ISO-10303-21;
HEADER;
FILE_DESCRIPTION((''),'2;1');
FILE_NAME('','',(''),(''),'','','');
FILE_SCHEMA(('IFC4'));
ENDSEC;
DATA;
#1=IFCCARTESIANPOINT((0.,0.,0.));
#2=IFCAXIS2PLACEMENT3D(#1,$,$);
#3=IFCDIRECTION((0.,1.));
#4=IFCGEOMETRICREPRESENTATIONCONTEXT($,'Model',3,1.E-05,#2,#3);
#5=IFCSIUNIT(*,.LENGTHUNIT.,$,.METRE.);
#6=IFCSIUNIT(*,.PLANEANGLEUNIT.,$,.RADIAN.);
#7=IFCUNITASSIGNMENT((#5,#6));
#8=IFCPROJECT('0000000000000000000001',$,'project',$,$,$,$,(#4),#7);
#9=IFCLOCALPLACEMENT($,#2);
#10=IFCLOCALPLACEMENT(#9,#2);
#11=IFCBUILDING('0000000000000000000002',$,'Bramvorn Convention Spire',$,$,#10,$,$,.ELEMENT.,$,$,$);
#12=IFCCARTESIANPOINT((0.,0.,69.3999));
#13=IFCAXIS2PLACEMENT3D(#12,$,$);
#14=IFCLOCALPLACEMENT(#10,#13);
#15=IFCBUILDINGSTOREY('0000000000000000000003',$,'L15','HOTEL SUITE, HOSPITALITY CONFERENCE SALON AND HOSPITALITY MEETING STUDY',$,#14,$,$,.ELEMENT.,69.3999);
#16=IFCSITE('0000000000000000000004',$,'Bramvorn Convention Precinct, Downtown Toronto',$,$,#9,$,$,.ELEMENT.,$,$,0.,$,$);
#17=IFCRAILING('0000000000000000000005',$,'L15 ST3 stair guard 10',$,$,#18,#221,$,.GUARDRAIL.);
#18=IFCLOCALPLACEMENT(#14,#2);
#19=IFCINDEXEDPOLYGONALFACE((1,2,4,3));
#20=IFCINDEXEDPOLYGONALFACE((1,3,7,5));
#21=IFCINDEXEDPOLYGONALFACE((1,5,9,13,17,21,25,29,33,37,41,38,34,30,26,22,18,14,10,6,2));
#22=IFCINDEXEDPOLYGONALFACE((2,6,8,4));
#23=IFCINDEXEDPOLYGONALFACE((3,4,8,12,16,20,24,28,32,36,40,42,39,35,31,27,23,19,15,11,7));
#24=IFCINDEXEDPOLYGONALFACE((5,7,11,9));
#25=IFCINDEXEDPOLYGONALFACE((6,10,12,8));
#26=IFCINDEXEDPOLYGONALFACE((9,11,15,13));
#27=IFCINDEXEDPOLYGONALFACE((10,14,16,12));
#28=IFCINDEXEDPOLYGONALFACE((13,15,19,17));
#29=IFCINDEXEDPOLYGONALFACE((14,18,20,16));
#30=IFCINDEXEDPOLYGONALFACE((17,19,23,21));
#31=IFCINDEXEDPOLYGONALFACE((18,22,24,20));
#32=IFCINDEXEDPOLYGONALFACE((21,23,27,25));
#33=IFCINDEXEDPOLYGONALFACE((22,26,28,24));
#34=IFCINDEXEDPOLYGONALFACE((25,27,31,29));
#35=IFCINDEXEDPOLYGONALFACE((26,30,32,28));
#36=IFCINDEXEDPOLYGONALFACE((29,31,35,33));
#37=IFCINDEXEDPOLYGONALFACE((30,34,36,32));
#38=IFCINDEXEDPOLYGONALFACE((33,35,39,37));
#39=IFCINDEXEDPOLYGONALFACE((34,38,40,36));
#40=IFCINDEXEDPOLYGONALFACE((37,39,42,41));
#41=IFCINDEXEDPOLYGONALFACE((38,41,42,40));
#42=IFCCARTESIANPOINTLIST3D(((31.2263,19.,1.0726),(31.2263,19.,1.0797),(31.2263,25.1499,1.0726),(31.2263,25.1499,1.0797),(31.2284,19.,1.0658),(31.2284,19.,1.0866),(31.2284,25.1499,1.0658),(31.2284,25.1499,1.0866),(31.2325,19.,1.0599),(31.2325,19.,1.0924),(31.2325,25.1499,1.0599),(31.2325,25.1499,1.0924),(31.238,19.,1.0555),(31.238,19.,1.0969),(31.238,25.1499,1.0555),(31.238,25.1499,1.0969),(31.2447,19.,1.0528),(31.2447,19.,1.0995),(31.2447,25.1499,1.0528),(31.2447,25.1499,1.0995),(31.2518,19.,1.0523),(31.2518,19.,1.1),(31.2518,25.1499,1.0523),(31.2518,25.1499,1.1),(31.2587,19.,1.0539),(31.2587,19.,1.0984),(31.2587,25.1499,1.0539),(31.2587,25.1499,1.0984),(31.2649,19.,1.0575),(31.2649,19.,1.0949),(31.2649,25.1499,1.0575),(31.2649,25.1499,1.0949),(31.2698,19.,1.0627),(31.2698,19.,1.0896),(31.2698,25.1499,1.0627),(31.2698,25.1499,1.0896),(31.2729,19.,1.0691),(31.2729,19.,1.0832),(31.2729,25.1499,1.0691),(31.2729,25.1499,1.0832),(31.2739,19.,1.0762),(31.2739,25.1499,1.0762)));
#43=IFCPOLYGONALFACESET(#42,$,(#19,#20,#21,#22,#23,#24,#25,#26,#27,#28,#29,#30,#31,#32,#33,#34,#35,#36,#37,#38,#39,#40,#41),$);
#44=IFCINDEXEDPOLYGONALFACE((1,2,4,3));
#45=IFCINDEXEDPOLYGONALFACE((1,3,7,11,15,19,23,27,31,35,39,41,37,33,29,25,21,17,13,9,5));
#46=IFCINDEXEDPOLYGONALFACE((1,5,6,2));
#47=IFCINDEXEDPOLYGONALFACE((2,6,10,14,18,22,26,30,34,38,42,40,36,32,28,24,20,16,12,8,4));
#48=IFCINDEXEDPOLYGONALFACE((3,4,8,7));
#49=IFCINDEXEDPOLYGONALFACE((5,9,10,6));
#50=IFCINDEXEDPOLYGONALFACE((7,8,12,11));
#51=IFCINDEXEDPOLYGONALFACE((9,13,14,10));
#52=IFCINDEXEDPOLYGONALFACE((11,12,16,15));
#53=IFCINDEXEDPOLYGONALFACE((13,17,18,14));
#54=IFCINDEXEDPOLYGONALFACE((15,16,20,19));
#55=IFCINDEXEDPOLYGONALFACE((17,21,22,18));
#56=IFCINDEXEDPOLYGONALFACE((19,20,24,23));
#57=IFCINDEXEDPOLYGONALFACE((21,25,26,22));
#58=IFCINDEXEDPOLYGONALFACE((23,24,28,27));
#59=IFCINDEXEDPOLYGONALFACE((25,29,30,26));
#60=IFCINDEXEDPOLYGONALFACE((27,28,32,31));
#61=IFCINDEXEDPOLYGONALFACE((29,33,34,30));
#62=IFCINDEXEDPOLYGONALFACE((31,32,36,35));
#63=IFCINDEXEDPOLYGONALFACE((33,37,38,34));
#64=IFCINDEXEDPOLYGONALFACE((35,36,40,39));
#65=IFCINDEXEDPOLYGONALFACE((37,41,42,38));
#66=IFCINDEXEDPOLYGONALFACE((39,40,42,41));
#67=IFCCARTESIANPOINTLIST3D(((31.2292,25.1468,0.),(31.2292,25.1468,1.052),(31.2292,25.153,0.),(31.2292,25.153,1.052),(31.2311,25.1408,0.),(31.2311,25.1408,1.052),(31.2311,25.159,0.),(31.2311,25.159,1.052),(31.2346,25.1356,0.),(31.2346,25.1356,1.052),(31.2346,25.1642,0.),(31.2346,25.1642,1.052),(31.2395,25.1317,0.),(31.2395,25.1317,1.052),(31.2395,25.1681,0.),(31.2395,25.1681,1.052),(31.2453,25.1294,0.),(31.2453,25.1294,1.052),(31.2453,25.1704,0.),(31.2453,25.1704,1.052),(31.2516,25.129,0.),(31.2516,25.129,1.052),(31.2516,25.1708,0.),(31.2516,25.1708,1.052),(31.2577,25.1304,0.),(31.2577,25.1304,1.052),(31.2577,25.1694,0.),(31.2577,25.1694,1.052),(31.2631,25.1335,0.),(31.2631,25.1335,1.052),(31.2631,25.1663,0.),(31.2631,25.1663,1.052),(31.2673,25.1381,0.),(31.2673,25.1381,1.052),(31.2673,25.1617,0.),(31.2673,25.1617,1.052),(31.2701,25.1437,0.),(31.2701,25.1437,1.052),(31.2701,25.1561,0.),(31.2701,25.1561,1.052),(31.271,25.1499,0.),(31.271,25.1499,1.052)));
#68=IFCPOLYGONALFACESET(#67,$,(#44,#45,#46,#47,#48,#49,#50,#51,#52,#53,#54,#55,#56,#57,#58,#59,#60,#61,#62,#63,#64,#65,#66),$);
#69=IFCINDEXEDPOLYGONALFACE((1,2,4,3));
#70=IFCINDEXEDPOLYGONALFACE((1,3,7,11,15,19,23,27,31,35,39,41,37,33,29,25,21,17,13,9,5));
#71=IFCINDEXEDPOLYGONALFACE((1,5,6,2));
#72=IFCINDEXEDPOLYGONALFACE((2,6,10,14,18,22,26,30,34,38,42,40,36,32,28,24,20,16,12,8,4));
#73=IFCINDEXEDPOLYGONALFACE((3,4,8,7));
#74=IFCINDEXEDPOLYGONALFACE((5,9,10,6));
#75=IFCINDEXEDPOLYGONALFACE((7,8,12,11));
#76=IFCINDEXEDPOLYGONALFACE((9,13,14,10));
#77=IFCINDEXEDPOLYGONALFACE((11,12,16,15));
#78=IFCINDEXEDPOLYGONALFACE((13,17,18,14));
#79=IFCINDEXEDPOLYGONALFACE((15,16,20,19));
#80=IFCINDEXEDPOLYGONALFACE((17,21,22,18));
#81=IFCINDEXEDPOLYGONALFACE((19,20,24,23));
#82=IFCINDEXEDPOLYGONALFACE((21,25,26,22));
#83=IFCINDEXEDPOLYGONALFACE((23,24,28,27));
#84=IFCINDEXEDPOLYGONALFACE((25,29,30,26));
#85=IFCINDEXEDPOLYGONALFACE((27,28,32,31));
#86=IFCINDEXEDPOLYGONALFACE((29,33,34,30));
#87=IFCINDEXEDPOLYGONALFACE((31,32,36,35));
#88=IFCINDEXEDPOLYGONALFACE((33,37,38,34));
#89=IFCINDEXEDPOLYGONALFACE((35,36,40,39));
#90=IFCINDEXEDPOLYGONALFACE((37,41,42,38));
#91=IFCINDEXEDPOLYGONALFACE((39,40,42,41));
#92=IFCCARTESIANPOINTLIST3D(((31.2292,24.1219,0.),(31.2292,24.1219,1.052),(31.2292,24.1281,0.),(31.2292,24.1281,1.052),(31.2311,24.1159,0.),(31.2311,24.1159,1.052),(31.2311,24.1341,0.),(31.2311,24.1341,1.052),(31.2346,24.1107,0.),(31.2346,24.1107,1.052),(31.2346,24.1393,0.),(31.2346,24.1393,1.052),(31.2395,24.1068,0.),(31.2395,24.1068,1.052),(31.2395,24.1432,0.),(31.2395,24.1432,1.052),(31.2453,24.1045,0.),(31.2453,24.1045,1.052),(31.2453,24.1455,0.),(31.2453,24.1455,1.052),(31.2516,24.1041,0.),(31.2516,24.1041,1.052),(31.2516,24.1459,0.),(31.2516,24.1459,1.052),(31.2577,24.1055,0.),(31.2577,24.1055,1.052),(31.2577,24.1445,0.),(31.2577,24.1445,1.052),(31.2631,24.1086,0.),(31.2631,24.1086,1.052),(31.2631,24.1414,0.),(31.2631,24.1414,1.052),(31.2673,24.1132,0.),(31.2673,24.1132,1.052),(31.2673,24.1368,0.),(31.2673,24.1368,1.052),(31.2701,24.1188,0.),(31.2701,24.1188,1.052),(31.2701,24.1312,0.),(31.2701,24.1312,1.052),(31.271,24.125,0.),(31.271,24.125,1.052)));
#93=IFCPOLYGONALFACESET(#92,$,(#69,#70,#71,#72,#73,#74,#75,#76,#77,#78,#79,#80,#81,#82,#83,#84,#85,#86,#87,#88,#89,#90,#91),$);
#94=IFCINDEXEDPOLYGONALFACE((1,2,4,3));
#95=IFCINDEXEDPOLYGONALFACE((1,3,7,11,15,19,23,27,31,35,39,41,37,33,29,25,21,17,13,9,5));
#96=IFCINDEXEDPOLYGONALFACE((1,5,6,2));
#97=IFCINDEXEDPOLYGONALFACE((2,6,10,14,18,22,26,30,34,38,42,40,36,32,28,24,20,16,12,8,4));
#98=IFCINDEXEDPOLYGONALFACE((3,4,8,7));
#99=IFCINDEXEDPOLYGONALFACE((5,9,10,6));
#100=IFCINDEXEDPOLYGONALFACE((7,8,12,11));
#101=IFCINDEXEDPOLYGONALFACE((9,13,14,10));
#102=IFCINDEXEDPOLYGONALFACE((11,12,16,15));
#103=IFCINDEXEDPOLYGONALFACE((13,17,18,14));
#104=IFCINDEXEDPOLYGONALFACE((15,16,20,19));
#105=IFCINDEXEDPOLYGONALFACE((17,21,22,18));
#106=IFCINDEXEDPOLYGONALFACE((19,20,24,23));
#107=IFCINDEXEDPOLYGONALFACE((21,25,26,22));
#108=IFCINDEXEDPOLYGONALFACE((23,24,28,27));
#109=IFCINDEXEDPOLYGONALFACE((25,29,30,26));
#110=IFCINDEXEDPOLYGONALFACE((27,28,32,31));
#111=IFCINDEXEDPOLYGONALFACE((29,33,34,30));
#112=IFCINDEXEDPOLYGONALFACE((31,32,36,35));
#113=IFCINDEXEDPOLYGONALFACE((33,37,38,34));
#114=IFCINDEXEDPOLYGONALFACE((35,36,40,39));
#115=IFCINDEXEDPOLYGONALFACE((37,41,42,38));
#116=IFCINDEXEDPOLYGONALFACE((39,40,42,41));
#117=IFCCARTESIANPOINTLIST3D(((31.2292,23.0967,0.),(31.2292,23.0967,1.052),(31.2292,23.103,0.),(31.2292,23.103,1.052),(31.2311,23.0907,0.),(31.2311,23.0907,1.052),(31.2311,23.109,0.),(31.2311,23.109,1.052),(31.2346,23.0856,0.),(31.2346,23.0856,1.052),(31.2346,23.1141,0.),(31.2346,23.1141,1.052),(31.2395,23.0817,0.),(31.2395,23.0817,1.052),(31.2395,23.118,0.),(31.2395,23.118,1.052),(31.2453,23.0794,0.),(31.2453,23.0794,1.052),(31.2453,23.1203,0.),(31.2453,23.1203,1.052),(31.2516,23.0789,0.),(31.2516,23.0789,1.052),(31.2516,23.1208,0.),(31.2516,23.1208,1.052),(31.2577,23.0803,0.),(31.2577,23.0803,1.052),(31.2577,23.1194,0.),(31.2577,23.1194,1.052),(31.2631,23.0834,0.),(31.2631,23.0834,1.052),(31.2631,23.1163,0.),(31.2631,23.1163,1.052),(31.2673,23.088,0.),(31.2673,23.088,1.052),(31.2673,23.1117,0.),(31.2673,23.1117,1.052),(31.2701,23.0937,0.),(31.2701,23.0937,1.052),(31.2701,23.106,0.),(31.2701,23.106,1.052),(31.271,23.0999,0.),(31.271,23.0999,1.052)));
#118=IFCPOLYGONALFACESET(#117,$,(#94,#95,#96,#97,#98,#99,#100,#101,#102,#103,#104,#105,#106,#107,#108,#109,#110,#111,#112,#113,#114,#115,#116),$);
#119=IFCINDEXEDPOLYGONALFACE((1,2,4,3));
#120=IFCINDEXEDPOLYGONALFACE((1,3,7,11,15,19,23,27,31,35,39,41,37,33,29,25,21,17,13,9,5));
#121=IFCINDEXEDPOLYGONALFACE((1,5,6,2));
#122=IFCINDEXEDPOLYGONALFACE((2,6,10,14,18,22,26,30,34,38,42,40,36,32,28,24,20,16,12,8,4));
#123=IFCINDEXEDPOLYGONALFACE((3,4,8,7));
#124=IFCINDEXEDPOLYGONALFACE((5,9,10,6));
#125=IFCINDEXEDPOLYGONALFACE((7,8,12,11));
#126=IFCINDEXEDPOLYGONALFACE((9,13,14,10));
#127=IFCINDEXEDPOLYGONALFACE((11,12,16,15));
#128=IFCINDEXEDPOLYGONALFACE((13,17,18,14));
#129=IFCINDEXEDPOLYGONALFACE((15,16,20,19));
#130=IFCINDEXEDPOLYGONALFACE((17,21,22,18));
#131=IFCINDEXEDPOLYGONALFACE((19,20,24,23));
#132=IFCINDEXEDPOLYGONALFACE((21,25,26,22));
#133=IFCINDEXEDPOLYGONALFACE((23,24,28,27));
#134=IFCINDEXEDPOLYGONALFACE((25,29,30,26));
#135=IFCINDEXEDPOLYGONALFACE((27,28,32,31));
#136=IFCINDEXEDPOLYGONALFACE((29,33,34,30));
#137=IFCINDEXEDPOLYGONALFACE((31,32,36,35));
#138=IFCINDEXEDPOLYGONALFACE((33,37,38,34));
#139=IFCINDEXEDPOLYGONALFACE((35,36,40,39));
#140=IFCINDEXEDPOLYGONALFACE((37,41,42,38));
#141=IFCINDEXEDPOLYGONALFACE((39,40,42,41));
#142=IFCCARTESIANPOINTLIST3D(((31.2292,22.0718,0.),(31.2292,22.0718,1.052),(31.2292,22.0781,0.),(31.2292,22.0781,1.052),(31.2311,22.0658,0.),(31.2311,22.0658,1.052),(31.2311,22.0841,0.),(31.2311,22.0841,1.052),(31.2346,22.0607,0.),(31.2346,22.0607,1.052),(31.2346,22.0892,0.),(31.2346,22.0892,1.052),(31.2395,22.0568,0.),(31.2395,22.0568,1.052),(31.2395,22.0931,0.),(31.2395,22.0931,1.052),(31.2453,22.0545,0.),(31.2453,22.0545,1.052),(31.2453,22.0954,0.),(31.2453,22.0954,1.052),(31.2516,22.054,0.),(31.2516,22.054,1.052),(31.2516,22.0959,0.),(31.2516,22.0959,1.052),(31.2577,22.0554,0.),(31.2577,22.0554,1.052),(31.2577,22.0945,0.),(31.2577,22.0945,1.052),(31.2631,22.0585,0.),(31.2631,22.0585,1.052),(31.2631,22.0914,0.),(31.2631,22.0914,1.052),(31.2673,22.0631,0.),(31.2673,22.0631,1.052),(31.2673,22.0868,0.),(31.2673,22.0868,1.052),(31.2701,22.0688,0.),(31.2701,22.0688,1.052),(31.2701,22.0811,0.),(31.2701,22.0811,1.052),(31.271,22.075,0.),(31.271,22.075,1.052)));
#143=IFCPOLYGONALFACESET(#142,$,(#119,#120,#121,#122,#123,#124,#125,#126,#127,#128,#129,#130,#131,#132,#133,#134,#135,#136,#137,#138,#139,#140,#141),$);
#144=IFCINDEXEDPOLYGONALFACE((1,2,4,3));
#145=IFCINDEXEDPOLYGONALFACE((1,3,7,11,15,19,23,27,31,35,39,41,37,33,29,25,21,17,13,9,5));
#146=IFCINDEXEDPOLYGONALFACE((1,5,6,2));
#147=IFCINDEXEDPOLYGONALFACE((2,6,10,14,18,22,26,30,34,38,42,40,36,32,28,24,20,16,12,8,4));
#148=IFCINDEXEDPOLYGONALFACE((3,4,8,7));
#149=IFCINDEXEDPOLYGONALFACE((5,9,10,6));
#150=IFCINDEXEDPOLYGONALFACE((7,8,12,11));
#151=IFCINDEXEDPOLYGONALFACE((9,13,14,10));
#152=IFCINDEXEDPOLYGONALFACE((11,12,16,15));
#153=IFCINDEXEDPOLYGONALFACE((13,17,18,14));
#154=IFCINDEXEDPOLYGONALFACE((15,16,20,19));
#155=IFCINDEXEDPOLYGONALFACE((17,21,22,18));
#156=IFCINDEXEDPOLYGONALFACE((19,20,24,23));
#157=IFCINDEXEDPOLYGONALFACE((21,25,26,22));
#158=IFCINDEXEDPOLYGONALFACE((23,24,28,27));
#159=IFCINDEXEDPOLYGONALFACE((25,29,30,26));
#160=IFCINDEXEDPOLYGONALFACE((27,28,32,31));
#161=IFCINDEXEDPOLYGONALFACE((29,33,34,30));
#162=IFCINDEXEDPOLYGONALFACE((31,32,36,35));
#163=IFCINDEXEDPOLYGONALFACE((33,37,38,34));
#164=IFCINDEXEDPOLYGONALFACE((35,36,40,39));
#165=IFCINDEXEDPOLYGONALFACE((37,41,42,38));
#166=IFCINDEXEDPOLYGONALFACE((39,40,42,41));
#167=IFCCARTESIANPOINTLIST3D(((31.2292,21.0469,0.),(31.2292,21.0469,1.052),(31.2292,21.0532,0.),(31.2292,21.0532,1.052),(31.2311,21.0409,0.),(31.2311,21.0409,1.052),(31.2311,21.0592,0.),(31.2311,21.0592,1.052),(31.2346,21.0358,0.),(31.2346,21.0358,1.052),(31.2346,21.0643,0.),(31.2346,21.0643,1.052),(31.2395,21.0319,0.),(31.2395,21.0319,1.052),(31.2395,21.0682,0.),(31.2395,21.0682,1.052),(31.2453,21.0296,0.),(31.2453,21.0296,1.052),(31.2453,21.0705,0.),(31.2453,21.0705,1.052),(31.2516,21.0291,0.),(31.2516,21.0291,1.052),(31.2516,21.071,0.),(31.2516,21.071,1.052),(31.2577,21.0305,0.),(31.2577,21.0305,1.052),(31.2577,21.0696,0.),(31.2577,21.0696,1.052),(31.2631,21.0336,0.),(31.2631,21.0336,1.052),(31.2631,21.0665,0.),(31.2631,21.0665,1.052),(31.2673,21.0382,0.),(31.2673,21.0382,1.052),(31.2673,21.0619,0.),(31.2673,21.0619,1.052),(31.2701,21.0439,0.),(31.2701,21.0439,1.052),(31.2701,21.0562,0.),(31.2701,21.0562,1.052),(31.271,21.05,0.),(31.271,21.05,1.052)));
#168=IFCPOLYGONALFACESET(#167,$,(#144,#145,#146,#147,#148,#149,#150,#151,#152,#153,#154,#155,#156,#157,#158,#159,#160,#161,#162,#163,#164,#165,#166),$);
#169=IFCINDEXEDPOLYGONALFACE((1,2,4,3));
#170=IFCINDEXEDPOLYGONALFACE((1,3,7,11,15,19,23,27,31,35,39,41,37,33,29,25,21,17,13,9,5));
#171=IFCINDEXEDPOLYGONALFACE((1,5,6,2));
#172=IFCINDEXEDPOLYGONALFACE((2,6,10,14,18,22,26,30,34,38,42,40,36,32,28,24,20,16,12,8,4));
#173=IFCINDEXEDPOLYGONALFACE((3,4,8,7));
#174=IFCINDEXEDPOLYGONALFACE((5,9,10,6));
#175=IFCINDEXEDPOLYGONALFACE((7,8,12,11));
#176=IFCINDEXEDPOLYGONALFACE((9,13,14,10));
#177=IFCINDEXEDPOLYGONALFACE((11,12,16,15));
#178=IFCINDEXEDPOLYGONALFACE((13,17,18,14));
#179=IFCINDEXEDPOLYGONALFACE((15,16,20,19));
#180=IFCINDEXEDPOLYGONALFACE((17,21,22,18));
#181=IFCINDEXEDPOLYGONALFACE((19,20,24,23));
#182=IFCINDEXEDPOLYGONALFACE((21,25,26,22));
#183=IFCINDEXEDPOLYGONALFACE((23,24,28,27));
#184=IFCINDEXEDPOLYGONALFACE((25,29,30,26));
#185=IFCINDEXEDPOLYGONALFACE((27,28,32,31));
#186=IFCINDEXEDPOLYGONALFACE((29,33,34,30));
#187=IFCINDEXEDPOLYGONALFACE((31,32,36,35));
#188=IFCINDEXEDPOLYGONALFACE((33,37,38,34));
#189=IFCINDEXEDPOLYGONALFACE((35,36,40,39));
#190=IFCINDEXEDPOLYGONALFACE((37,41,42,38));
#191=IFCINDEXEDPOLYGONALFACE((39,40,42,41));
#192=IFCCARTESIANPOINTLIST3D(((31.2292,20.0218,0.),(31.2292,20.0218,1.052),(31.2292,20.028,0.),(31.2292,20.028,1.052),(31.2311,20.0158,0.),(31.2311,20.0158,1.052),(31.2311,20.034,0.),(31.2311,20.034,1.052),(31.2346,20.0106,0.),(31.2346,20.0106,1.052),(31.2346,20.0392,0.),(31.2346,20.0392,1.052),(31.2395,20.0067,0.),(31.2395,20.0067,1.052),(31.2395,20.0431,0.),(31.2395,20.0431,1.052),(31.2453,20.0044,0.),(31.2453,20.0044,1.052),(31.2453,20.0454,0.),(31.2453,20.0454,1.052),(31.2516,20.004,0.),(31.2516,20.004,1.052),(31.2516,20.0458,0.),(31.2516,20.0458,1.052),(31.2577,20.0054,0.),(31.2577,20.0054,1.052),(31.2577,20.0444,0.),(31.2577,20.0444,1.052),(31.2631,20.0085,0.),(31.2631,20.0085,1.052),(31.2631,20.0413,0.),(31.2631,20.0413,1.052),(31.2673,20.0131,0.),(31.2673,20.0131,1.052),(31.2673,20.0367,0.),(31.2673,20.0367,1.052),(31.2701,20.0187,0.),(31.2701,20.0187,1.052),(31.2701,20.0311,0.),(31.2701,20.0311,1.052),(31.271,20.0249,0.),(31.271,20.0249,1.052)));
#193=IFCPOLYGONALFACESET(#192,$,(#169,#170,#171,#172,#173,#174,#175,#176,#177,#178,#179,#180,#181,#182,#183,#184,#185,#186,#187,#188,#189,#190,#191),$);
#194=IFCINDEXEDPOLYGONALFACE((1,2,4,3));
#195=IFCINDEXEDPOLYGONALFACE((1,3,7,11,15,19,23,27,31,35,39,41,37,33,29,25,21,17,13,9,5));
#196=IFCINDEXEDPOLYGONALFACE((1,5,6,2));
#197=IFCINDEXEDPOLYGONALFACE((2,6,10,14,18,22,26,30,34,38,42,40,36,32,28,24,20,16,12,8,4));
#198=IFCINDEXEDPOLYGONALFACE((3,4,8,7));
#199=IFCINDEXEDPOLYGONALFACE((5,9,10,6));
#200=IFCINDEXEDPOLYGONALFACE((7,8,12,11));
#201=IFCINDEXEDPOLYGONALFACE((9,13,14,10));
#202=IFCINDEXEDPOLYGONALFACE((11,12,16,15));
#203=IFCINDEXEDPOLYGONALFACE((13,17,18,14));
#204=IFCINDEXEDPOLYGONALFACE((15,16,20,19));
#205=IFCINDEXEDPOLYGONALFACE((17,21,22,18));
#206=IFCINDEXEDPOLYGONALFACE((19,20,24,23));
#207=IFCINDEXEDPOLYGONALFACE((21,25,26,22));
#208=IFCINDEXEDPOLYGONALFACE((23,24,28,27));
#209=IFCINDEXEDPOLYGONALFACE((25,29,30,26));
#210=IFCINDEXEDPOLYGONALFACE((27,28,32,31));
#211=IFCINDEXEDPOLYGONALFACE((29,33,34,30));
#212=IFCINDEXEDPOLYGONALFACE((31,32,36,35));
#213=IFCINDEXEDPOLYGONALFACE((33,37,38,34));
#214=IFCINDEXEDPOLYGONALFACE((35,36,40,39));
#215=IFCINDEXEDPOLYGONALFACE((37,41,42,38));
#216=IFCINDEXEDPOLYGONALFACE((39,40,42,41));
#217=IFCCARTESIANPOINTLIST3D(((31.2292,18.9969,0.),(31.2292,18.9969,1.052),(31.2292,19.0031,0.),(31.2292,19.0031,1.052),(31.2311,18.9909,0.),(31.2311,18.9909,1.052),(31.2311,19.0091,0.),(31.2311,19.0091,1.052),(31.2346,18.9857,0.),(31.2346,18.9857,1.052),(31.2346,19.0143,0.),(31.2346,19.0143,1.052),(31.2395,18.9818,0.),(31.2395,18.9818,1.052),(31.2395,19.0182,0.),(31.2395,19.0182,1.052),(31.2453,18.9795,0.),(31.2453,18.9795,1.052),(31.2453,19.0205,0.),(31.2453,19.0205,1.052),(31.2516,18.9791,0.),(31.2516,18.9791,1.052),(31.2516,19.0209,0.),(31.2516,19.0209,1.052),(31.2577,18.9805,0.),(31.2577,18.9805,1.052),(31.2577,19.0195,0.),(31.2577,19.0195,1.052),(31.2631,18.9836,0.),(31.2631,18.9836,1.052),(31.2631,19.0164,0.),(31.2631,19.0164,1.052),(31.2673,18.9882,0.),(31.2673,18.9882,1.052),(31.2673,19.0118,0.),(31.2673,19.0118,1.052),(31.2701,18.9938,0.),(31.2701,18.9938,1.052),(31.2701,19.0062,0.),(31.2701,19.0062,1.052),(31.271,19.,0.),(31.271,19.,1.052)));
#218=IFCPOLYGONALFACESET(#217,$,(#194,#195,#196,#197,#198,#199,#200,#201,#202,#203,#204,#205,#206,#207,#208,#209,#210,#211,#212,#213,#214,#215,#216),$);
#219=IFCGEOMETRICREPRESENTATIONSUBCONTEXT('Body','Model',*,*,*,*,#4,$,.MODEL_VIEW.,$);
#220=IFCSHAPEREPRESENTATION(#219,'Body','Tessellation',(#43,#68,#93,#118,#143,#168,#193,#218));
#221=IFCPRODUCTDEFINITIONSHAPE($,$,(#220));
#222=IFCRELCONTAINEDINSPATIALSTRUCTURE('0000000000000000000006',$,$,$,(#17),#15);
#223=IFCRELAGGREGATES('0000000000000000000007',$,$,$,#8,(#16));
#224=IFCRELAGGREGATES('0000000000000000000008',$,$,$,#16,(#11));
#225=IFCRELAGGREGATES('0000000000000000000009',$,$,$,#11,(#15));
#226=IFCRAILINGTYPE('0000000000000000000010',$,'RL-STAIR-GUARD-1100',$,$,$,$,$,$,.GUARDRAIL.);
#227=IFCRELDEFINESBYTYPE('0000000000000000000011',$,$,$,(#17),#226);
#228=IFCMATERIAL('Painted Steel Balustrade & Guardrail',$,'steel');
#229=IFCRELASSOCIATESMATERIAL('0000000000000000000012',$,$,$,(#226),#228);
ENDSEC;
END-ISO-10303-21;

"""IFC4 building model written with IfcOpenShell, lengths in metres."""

from ifc_helpers import new_model, si_unit, direction, frame, origin, origin_2d, place, context, subcontext, project, spatial, circle, extrude, material, type_object, element, save


model = new_model("IFC4")

# Units and contexts
model_context = context("Model", 3, precision=1e-05, world=origin(), true_north=direction((0.0, 1.0)))
body_context = subcontext(model_context, "Body", "Model", "MODEL_VIEW")
ifc_project = project(units=[si_unit("LENGTHUNIT", "METRE"), si_unit("PLANEANGLEUNIT", "RADIAN")], contexts=[model_context])

# Site, building, storey
site_placement = place(None, origin())
site = spatial("IfcSite", under=ifc_project, at=site_placement, Name="Bramvorn Convention Precinct, Downtown Toronto", CompositionType="ELEMENT", RefElevation=0.0)
building_placement = place(site_placement, origin())
building = spatial("IfcBuilding", under=site, at=building_placement, Name="Bramvorn Convention Spire", CompositionType="ELEMENT")
storey_placement = place(building_placement, frame((0.0, 0.0, 69.3999)))
storey = spatial("IfcBuildingStorey", under=building, at=storey_placement, Name="L15", Description="HOTEL SUITE, HOSPITALITY CONFERENCE SALON AND HOSPITALITY MEETING STUDY", CompositionType="ELEMENT", Elevation=69.3999)

# Railing
ifc_material_1 = material(Name="Painted Steel Balustrade & Guardrail", Category="steel")
railing_type_1 = type_object("IfcRailingType", Name="RL-STAIR-GUARD-1100", PredefinedType="GUARDRAIL", material=ifc_material_1)
railing_1_placement = place(storey_placement, frame((31.25, 25.1499, 0.0)))
element("IfcRailing", 1, at=railing_1_placement, inside=storey, type_object=railing_type_1, Name="L15 ST3 stair guard 10", PredefinedType="GUARDRAIL", context=body_context, shape_type="SweptSolid", body=[
    extrude(circle(Radius=0.0239, at=origin_2d()), frame((0.0, 0.0, 1.0762), z_axis=(0.0, -1.0, 0.0), x_axis=(1.0, 0.0, 0.0)), (0.0, 0.0, 1.0), 6.1499),
    extrude(circle(Radius=0.021, at=origin_2d()), origin(), (0.0, 0.0, 1.0), 1.052),
    extrude(circle(Radius=0.021, at=origin_2d()), frame((0.0, -1.0249, 0.0)), (0.0, 0.0, 1.0), 1.052),
    extrude(circle(Radius=0.021, at=origin_2d()), frame((0.0, -2.05, 0.0)), (0.0, 0.0, 1.0), 1.052),
    extrude(circle(Radius=0.021, at=origin_2d()), frame((0.0, -3.075, 0.0)), (0.0, 0.0, 1.0), 1.052),
    extrude(circle(Radius=0.021, at=origin_2d()), frame((0.0, -4.0999, 0.0)), (0.0, 0.0, 1.0), 1.052),
    extrude(circle(Radius=0.021, at=origin_2d()), frame((0.0, -5.125, 0.0)), (0.0, 0.0, 1.0), 1.052),
    extrude(circle(Radius=0.021, at=origin_2d()), frame((0.0, -6.1499, 0.0)), (0.0, 0.0, 1.0), 1.052),
])

save(model, "model.ifc")
